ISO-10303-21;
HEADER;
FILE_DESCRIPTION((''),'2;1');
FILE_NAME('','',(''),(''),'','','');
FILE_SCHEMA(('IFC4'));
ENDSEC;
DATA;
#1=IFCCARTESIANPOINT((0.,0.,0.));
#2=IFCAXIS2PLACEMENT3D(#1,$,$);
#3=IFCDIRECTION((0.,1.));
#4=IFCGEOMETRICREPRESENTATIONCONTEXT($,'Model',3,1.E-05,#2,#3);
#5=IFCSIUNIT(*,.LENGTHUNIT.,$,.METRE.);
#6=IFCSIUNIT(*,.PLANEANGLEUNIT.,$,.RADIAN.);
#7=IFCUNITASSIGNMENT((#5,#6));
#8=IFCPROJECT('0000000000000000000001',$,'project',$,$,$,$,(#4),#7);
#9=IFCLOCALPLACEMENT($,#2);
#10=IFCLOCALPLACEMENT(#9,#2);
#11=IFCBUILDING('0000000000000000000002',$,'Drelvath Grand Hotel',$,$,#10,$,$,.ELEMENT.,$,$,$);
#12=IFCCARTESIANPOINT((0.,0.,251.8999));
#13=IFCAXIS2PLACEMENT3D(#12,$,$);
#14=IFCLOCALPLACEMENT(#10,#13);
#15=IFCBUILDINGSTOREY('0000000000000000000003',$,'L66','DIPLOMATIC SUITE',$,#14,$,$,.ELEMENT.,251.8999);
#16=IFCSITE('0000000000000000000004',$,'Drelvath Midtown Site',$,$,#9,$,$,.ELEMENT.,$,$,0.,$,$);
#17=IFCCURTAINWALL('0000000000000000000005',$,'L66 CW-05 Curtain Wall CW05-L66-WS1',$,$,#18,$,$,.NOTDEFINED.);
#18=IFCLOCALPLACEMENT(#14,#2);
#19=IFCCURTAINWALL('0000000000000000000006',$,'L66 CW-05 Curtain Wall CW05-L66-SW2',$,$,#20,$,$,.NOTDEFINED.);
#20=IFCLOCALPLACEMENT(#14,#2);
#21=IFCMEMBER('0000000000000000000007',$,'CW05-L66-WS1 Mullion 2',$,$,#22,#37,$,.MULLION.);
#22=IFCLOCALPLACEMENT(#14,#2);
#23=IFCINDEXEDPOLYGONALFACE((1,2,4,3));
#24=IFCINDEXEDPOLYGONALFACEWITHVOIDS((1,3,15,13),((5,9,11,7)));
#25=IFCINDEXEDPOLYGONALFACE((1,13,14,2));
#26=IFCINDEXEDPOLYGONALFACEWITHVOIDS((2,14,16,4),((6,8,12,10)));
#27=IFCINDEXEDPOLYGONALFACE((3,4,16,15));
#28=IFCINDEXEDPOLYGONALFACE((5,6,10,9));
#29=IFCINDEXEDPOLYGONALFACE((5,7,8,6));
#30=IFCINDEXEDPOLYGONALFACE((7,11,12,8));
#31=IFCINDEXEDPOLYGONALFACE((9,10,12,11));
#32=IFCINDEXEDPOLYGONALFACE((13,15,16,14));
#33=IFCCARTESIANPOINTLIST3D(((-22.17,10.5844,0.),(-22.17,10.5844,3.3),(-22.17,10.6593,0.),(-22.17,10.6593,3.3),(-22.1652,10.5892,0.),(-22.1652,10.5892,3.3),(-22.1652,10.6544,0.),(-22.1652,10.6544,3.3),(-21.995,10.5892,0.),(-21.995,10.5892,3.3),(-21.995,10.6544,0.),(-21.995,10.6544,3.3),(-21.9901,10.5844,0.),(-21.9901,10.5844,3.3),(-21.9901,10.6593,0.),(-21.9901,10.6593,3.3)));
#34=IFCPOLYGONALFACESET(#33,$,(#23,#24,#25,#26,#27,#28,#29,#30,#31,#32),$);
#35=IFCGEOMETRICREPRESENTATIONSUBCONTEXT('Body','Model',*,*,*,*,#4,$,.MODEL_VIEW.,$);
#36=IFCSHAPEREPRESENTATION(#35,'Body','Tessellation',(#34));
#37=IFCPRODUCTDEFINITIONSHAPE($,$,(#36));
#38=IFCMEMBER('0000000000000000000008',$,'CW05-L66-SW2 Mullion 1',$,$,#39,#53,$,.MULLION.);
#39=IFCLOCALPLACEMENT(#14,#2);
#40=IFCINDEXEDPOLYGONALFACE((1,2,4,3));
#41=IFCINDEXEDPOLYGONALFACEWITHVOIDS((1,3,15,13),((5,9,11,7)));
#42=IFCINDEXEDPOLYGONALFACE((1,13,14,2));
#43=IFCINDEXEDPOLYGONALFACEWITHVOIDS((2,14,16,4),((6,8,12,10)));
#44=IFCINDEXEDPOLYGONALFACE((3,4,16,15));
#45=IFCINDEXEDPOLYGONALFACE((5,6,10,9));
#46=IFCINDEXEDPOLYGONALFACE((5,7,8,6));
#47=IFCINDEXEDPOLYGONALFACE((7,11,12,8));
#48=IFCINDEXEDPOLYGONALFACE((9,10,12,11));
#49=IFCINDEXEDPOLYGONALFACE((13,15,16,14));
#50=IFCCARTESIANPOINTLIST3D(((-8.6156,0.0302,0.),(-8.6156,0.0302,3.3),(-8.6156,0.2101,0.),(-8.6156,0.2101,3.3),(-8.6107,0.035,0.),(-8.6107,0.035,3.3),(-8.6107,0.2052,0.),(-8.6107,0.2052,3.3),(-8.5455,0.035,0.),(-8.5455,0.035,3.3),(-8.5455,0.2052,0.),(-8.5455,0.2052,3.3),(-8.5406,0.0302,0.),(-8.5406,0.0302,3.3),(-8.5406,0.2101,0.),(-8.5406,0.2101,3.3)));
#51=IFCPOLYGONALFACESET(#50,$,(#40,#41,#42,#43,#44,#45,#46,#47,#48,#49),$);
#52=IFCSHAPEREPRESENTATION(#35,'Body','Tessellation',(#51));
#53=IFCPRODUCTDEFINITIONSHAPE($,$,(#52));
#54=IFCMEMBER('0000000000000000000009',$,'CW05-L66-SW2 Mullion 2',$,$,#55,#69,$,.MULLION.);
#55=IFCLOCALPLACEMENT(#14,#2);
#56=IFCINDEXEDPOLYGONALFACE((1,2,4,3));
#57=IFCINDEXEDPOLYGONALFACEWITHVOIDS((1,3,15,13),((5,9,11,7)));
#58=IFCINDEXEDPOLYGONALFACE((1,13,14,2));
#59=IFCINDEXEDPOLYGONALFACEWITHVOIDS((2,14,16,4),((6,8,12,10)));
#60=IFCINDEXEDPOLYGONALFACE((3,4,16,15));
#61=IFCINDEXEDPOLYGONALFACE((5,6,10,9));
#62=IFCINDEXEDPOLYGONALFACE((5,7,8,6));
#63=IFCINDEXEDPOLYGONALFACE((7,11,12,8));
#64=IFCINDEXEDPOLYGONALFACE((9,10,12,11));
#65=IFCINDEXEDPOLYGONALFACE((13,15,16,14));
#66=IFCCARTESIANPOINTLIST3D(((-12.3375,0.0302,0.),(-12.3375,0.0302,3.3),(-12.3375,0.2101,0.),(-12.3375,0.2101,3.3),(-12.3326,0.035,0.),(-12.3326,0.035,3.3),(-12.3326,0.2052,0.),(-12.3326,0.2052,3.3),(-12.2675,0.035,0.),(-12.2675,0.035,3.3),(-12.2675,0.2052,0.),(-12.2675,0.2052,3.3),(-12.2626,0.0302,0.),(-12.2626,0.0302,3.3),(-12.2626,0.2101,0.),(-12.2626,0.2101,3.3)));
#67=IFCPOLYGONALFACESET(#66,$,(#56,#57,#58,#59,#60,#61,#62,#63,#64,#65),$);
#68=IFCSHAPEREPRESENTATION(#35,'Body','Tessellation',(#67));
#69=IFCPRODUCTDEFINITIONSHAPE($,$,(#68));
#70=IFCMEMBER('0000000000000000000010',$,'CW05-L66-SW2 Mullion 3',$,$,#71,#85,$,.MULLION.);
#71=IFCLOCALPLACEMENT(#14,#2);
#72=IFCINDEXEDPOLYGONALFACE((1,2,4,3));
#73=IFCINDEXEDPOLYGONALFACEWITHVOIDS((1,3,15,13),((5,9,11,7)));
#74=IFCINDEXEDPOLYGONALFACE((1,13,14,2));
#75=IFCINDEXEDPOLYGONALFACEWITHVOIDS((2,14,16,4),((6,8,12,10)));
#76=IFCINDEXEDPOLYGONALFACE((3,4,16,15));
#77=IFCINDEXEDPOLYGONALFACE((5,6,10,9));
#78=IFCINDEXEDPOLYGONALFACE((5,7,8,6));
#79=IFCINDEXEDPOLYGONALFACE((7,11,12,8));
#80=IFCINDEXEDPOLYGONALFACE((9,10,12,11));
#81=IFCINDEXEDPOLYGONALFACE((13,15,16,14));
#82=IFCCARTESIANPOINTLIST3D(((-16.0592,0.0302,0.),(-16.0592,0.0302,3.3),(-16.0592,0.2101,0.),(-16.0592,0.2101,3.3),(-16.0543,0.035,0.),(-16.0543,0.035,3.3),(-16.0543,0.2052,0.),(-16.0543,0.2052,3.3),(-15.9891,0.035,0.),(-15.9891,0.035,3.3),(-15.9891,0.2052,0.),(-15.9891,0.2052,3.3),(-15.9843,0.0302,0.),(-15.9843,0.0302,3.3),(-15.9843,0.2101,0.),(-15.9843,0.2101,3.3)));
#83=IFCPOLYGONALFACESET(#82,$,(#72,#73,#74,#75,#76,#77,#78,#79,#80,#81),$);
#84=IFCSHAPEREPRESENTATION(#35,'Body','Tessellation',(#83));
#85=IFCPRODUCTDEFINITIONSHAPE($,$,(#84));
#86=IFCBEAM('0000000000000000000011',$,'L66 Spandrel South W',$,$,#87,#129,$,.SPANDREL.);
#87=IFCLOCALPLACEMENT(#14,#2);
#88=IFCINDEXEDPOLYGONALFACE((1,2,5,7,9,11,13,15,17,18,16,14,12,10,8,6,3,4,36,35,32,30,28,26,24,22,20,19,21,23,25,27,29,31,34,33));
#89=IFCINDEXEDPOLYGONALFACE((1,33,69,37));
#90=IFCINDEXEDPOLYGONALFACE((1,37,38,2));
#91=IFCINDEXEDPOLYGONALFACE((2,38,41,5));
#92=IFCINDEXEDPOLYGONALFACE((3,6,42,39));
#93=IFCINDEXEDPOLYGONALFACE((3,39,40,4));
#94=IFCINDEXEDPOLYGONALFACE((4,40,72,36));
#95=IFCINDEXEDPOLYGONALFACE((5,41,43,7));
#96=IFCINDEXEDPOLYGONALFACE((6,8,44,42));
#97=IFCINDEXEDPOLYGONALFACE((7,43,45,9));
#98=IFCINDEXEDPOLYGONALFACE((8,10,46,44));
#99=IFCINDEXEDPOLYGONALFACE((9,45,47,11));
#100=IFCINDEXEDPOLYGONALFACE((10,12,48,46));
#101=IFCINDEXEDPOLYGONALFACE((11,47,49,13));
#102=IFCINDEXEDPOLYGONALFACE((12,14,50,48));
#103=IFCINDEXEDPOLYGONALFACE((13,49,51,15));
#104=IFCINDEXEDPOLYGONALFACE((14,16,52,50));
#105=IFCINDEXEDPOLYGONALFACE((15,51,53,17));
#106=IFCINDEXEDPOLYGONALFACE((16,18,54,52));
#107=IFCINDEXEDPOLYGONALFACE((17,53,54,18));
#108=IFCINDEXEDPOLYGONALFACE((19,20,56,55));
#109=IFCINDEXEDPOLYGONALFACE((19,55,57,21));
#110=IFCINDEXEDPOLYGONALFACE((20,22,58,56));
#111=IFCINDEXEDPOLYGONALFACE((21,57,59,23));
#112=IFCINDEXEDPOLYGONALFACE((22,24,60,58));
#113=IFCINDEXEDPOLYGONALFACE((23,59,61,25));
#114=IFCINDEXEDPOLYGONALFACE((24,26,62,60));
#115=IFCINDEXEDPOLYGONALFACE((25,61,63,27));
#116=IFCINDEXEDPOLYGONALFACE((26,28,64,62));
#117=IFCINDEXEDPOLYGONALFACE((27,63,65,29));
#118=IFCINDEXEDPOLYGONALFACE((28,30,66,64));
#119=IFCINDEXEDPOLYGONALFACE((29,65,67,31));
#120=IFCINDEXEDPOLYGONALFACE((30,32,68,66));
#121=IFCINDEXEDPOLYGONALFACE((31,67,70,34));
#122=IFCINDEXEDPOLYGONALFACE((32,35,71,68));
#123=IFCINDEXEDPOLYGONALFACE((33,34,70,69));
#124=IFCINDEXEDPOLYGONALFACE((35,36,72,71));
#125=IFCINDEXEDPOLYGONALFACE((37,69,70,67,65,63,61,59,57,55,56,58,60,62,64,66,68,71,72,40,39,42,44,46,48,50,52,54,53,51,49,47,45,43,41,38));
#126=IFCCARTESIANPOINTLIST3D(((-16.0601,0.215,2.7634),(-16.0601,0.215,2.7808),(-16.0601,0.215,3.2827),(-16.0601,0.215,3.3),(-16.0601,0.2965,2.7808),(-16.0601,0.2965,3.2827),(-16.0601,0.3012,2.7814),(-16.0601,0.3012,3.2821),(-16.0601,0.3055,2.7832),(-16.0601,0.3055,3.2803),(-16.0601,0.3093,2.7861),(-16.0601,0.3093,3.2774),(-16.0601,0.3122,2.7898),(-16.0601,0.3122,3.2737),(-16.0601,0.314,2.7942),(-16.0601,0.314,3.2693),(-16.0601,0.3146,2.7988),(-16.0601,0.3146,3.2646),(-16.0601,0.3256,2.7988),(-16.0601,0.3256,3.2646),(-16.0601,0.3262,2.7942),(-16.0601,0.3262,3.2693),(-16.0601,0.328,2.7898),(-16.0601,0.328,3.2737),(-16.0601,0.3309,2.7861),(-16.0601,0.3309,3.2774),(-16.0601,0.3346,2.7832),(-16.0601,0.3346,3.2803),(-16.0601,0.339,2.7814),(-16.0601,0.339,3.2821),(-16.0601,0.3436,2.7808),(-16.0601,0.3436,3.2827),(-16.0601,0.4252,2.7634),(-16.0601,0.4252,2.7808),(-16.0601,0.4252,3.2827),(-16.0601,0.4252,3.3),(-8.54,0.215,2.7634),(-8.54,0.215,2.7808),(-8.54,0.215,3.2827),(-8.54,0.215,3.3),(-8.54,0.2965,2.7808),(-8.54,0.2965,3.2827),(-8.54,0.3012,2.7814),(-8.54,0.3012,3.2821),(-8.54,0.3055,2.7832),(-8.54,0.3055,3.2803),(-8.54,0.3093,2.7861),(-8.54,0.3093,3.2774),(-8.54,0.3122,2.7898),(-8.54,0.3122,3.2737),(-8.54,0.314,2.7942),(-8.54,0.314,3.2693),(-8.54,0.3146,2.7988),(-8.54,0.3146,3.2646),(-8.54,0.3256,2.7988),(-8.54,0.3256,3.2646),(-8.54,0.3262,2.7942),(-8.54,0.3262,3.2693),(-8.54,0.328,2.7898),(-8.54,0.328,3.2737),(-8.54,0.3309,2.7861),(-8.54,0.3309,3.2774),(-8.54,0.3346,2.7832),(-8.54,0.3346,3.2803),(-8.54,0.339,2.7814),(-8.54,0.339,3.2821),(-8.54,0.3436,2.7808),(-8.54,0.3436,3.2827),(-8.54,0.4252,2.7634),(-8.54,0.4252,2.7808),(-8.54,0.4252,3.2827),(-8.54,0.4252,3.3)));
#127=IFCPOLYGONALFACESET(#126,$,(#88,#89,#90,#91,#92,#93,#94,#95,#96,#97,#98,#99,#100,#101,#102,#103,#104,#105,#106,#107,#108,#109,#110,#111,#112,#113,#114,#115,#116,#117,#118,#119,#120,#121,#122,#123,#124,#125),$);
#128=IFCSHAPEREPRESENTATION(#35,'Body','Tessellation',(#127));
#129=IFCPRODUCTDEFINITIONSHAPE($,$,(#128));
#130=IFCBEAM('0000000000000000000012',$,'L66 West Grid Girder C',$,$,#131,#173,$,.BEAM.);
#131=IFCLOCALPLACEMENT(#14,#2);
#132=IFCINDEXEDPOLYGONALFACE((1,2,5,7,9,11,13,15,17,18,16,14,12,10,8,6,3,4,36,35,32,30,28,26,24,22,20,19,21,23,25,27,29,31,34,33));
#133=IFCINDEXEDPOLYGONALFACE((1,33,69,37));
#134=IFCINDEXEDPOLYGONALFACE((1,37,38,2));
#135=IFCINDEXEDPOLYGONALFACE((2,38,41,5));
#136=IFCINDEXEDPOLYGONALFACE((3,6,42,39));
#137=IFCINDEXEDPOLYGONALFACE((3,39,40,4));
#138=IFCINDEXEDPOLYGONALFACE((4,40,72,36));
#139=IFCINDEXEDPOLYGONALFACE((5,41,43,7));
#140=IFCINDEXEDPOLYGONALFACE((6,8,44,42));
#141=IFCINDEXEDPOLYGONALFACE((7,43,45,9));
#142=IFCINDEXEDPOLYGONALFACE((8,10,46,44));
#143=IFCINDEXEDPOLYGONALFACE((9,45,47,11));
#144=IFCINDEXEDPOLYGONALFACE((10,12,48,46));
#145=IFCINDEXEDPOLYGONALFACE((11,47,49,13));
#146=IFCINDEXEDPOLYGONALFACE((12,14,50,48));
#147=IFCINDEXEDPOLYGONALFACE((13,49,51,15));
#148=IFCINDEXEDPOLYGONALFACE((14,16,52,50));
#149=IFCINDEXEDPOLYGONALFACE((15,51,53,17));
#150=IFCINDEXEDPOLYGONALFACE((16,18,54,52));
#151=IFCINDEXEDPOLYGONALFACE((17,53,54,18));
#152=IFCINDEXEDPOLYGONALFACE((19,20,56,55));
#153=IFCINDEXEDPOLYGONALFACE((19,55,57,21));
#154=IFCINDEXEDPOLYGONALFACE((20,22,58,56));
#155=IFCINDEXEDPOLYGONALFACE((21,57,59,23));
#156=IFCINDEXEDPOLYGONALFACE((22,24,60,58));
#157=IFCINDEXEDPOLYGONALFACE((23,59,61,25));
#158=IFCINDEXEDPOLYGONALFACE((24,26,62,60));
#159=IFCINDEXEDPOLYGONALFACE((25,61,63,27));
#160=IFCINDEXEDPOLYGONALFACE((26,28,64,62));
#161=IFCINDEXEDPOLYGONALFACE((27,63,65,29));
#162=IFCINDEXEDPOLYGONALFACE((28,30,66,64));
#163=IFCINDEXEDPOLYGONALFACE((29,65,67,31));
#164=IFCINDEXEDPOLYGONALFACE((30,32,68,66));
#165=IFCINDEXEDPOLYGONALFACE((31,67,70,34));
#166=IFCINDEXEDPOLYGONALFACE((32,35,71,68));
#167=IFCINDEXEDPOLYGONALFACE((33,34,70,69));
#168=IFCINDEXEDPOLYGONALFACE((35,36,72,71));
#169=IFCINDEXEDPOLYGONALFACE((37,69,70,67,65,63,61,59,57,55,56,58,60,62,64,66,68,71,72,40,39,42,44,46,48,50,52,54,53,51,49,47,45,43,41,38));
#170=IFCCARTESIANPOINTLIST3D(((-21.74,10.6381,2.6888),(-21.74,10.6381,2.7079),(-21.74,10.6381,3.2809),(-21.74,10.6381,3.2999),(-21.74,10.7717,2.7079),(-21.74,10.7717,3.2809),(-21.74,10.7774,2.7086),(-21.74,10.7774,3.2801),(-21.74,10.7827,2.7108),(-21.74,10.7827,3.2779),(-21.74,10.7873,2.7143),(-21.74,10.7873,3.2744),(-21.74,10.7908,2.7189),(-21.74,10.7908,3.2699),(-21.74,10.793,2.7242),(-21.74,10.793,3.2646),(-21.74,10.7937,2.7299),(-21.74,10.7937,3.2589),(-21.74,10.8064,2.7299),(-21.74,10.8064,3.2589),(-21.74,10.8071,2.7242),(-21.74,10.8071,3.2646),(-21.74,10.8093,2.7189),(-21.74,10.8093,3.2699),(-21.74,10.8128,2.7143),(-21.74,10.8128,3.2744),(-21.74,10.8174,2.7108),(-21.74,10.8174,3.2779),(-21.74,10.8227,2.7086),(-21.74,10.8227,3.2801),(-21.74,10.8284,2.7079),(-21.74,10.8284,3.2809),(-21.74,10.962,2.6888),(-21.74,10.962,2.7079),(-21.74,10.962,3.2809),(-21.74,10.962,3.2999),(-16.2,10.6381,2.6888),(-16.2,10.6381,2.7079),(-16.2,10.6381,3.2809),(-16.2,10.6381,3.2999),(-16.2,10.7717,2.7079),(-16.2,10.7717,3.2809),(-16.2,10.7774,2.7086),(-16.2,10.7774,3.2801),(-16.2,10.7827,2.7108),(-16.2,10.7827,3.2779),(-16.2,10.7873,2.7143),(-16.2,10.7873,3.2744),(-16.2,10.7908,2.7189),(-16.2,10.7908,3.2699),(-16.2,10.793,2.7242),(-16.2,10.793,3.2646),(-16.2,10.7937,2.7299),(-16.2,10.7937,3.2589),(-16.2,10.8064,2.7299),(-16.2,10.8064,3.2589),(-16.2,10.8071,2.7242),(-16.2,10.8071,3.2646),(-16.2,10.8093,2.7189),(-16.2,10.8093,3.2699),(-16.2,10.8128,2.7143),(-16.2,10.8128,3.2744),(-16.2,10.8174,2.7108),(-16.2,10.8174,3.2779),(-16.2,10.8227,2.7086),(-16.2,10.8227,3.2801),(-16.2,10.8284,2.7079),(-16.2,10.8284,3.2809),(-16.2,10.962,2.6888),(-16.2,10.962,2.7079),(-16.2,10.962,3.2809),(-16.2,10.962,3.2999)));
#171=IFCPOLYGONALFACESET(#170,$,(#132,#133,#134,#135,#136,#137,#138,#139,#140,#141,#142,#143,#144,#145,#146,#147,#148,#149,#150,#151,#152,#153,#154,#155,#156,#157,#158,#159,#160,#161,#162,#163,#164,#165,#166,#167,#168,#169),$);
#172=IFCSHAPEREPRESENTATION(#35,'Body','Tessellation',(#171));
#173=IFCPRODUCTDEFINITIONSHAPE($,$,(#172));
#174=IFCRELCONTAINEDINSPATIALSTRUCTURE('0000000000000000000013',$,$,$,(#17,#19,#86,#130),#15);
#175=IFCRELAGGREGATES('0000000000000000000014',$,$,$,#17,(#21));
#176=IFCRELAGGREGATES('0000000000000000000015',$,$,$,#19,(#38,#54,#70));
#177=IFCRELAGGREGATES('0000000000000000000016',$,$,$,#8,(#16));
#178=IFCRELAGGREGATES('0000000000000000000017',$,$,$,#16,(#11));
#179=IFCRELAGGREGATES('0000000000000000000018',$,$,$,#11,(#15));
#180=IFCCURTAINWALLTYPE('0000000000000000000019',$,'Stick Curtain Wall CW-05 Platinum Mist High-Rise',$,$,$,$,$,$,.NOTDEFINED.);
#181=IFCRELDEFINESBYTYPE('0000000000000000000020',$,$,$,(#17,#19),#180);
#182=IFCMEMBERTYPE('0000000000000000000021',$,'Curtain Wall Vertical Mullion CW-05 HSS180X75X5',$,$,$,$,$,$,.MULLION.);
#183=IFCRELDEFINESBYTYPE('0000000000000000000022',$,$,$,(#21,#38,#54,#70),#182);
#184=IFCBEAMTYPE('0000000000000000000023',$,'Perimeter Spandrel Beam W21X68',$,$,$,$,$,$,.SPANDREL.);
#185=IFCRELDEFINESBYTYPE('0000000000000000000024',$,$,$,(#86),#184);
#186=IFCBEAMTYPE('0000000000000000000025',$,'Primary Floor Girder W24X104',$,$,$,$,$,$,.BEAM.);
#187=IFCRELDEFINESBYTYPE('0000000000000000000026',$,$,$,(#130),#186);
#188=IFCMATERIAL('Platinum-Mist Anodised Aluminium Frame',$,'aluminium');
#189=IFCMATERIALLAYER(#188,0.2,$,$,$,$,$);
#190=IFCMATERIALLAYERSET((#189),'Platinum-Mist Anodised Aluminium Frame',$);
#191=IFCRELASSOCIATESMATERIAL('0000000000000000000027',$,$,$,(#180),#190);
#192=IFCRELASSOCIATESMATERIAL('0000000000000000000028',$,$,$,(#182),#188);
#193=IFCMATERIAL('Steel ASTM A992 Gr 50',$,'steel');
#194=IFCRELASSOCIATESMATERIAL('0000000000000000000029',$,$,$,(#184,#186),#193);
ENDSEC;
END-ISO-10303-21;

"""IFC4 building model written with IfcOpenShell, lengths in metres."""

from ifc_helpers import new_model, si_unit, direction, frame, origin, origin_2d, place, context, subcontext, project, spatial, hollow_rectangle, i_section, extrude, material, layer, layer_set, material_profile, profile_set, type_object, element, aggregate, save


model = new_model("IFC4")

# Units and contexts
model_context = context("Model", 3, precision=1e-05, world=origin(), true_north=direction((0.0, 1.0)))
body_context = subcontext(model_context, "Body", "Model", "MODEL_VIEW")
ifc_project = project(units=[si_unit("LENGTHUNIT", "METRE"), si_unit("PLANEANGLEUNIT", "RADIAN")], contexts=[model_context])

# Site, building, storey
site_placement = place(None, origin())
site = spatial("IfcSite", under=ifc_project, at=site_placement, Name="Drelvath Midtown Site", CompositionType="ELEMENT", RefElevation=0.0)
building_placement = place(site_placement, origin())
building = spatial("IfcBuilding", under=site, at=building_placement, Name="Drelvath Grand Hotel", CompositionType="ELEMENT")
storey_placement = place(building_placement, frame((0.0, 0.0, 251.8999)))
storey = spatial("IfcBuildingStorey", under=building, at=storey_placement, Name="L66", Description="DIPLOMATIC SUITE", CompositionType="ELEMENT", Elevation=251.8999)

# Curtain walls
ifc_material_1 = material(Name="Platinum-Mist Anodised Aluminium Frame", Category="aluminium")
ifc_layer_1 = layer(ifc_material_1, 0.2)
ifc_layer_set_1 = layer_set([ifc_layer_1], Name="Platinum-Mist Anodised Aluminium Frame")
curtain_wall_type = type_object("IfcCurtainWallType", Name="Stick Curtain Wall CW-05 Platinum Mist High-Rise", PredefinedType="NOTDEFINED", material=ifc_layer_set_1)
curtain_wall_1_placement = place(storey_placement, origin())
curtain_wall_1 = element("IfcCurtainWall", 1, at=curtain_wall_1_placement, inside=storey, type_object=curtain_wall_type, Name="L66 CW-05 Curtain Wall CW05-L66-WS1", PredefinedType="NOTDEFINED")
curtain_wall_2_placement = place(storey_placement, origin())
curtain_wall_2 = element("IfcCurtainWall", 2, at=curtain_wall_2_placement, inside=storey, type_object=curtain_wall_type, Name="L66 CW-05 Curtain Wall CW05-L66-SW2", PredefinedType="NOTDEFINED")

# Members
ifc_material_profile_1 = material_profile(ifc_material_1, hollow_rectangle(XDim=0.075, YDim=0.1799, WallThickness=0.0049, at=origin_2d()), Name="HSS180X75X5")
ifc_profile_set_1 = profile_set([ifc_material_profile_1], Name="Platinum-Mist Anodised Aluminium Frame")
member_type_1 = type_object("IfcMemberType", Name="Curtain Wall Vertical Mullion CW-05 HSS180X75X5", PredefinedType="MULLION", material=ifc_profile_set_1)
member_1_placement = place(storey_placement, frame((-22.0801, 10.6218, 0.0), z_axis=(0.0, 0.0, 1.0), x_axis=(0.0, 1.0, 0.0)))
member_1 = element("IfcMember", 3, at=member_1_placement, type_object=member_type_1, Name="CW05-L66-WS1 Mullion 2", PredefinedType="MULLION", context=body_context, shape_type="SweptSolid", body=[
    extrude(hollow_rectangle(XDim=0.075, YDim=0.1799, WallThickness=0.0049, at=origin_2d()), origin(), (0.0, 0.0, 1.0), 3.3),
])
member_2_placement = place(storey_placement, frame((-8.5781, 0.1201, 0.0), z_axis=(0.0, 0.0, 1.0), x_axis=(1.0, 0.0, 0.0)))
member_2 = element("IfcMember", 4, at=member_2_placement, type_object=member_type_1, Name="CW05-L66-SW2 Mullion 1", PredefinedType="MULLION", context=body_context, shape_type="SweptSolid", body=[
    extrude(hollow_rectangle(XDim=0.075, YDim=0.1799, WallThickness=0.0049, at=origin_2d()), origin(), (0.0, 0.0, 1.0), 3.3),
])
member_3_placement = place(storey_placement, frame((-12.3, 0.1201, 0.0), z_axis=(0.0, 0.0, 1.0), x_axis=(1.0, 0.0, 0.0)))
member_3 = element("IfcMember", 5, at=member_3_placement, type_object=member_type_1, Name="CW05-L66-SW2 Mullion 2", PredefinedType="MULLION", context=body_context, shape_type="SweptSolid", body=[
    extrude(hollow_rectangle(XDim=0.075, YDim=0.1799, WallThickness=0.0049, at=origin_2d()), origin(), (0.0, 0.0, 1.0), 3.3),
])
member_4_placement = place(storey_placement, frame((-16.0217, 0.1201, 0.0), z_axis=(0.0, 0.0, 1.0), x_axis=(1.0, 0.0, 0.0)))
member_4 = element("IfcMember", 6, at=member_4_placement, type_object=member_type_1, Name="CW05-L66-SW2 Mullion 3", PredefinedType="MULLION", context=body_context, shape_type="SweptSolid", body=[
    extrude(hollow_rectangle(XDim=0.075, YDim=0.1799, WallThickness=0.0049, at=origin_2d()), origin(), (0.0, 0.0, 1.0), 3.3),
])

# Beams
ifc_material_2 = material(Name="Steel ASTM A992 Gr 50", Category="steel")
ifc_material_profile_2 = material_profile(ifc_material_2, i_section(OverallWidth=0.2102, OverallDepth=0.5366, WebThickness=0.011, FlangeThickness=0.0173, FilletRadius=0.0181, at=origin_2d()), Name="W21X68")
ifc_profile_set_2 = profile_set([ifc_material_profile_2], Name="Steel ASTM A992 Gr 50")
beam_type_1 = type_object("IfcBeamType", Name="Perimeter Spandrel Beam W21X68", PredefinedType="SPANDREL", material=ifc_profile_set_2)
beam_1_placement = place(storey_placement, frame((-16.0601, 0.3201, 3.0317), z_axis=(1.0, 0.0, 0.0), x_axis=(0.0, 1.0, 0.0)))
element("IfcBeam", 7, at=beam_1_placement, inside=storey, type_object=beam_type_1, Name="L66 Spandrel South W", PredefinedType="SPANDREL", context=body_context, shape_type="SweptSolid", body=[
    extrude(i_section(OverallWidth=0.2102, OverallDepth=0.5366, WebThickness=0.011, FlangeThickness=0.0173, FilletRadius=0.0181, at=origin_2d()), origin(), (0.0, 0.0, 1.0), 7.52),
])
ifc_material_profile_3 = material_profile(ifc_material_2, i_section(OverallWidth=0.324, OverallDepth=0.6111, WebThickness=0.0127, FlangeThickness=0.019, FilletRadius=0.022, at=origin_2d()), Name="W24X104")
ifc_profile_set_3 = profile_set([ifc_material_profile_3], Name="Steel ASTM A992 Gr 50")
beam_type_2 = type_object("IfcBeamType", Name="Primary Floor Girder W24X104", PredefinedType="BEAM", material=ifc_profile_set_3)
beam_2_placement = place(storey_placement, frame((-21.74, 10.8, 2.9944), z_axis=(1.0, 0.0, 0.0), x_axis=(0.0, 1.0, 0.0)))
element("IfcBeam", 8, at=beam_2_placement, inside=storey, type_object=beam_type_2, Name="L66 West Grid Girder C", PredefinedType="BEAM", context=body_context, shape_type="SweptSolid", body=[
    extrude(i_section(OverallWidth=0.324, OverallDepth=0.6111, WebThickness=0.0127, FlangeThickness=0.019, FilletRadius=0.022, at=origin_2d()), origin(), (0.0, 0.0, 1.0), 5.54),
])

aggregate(curtain_wall_1, [member_1])
aggregate(curtain_wall_2, [member_2, member_3, member_4])

save(model, "model.ifc")
